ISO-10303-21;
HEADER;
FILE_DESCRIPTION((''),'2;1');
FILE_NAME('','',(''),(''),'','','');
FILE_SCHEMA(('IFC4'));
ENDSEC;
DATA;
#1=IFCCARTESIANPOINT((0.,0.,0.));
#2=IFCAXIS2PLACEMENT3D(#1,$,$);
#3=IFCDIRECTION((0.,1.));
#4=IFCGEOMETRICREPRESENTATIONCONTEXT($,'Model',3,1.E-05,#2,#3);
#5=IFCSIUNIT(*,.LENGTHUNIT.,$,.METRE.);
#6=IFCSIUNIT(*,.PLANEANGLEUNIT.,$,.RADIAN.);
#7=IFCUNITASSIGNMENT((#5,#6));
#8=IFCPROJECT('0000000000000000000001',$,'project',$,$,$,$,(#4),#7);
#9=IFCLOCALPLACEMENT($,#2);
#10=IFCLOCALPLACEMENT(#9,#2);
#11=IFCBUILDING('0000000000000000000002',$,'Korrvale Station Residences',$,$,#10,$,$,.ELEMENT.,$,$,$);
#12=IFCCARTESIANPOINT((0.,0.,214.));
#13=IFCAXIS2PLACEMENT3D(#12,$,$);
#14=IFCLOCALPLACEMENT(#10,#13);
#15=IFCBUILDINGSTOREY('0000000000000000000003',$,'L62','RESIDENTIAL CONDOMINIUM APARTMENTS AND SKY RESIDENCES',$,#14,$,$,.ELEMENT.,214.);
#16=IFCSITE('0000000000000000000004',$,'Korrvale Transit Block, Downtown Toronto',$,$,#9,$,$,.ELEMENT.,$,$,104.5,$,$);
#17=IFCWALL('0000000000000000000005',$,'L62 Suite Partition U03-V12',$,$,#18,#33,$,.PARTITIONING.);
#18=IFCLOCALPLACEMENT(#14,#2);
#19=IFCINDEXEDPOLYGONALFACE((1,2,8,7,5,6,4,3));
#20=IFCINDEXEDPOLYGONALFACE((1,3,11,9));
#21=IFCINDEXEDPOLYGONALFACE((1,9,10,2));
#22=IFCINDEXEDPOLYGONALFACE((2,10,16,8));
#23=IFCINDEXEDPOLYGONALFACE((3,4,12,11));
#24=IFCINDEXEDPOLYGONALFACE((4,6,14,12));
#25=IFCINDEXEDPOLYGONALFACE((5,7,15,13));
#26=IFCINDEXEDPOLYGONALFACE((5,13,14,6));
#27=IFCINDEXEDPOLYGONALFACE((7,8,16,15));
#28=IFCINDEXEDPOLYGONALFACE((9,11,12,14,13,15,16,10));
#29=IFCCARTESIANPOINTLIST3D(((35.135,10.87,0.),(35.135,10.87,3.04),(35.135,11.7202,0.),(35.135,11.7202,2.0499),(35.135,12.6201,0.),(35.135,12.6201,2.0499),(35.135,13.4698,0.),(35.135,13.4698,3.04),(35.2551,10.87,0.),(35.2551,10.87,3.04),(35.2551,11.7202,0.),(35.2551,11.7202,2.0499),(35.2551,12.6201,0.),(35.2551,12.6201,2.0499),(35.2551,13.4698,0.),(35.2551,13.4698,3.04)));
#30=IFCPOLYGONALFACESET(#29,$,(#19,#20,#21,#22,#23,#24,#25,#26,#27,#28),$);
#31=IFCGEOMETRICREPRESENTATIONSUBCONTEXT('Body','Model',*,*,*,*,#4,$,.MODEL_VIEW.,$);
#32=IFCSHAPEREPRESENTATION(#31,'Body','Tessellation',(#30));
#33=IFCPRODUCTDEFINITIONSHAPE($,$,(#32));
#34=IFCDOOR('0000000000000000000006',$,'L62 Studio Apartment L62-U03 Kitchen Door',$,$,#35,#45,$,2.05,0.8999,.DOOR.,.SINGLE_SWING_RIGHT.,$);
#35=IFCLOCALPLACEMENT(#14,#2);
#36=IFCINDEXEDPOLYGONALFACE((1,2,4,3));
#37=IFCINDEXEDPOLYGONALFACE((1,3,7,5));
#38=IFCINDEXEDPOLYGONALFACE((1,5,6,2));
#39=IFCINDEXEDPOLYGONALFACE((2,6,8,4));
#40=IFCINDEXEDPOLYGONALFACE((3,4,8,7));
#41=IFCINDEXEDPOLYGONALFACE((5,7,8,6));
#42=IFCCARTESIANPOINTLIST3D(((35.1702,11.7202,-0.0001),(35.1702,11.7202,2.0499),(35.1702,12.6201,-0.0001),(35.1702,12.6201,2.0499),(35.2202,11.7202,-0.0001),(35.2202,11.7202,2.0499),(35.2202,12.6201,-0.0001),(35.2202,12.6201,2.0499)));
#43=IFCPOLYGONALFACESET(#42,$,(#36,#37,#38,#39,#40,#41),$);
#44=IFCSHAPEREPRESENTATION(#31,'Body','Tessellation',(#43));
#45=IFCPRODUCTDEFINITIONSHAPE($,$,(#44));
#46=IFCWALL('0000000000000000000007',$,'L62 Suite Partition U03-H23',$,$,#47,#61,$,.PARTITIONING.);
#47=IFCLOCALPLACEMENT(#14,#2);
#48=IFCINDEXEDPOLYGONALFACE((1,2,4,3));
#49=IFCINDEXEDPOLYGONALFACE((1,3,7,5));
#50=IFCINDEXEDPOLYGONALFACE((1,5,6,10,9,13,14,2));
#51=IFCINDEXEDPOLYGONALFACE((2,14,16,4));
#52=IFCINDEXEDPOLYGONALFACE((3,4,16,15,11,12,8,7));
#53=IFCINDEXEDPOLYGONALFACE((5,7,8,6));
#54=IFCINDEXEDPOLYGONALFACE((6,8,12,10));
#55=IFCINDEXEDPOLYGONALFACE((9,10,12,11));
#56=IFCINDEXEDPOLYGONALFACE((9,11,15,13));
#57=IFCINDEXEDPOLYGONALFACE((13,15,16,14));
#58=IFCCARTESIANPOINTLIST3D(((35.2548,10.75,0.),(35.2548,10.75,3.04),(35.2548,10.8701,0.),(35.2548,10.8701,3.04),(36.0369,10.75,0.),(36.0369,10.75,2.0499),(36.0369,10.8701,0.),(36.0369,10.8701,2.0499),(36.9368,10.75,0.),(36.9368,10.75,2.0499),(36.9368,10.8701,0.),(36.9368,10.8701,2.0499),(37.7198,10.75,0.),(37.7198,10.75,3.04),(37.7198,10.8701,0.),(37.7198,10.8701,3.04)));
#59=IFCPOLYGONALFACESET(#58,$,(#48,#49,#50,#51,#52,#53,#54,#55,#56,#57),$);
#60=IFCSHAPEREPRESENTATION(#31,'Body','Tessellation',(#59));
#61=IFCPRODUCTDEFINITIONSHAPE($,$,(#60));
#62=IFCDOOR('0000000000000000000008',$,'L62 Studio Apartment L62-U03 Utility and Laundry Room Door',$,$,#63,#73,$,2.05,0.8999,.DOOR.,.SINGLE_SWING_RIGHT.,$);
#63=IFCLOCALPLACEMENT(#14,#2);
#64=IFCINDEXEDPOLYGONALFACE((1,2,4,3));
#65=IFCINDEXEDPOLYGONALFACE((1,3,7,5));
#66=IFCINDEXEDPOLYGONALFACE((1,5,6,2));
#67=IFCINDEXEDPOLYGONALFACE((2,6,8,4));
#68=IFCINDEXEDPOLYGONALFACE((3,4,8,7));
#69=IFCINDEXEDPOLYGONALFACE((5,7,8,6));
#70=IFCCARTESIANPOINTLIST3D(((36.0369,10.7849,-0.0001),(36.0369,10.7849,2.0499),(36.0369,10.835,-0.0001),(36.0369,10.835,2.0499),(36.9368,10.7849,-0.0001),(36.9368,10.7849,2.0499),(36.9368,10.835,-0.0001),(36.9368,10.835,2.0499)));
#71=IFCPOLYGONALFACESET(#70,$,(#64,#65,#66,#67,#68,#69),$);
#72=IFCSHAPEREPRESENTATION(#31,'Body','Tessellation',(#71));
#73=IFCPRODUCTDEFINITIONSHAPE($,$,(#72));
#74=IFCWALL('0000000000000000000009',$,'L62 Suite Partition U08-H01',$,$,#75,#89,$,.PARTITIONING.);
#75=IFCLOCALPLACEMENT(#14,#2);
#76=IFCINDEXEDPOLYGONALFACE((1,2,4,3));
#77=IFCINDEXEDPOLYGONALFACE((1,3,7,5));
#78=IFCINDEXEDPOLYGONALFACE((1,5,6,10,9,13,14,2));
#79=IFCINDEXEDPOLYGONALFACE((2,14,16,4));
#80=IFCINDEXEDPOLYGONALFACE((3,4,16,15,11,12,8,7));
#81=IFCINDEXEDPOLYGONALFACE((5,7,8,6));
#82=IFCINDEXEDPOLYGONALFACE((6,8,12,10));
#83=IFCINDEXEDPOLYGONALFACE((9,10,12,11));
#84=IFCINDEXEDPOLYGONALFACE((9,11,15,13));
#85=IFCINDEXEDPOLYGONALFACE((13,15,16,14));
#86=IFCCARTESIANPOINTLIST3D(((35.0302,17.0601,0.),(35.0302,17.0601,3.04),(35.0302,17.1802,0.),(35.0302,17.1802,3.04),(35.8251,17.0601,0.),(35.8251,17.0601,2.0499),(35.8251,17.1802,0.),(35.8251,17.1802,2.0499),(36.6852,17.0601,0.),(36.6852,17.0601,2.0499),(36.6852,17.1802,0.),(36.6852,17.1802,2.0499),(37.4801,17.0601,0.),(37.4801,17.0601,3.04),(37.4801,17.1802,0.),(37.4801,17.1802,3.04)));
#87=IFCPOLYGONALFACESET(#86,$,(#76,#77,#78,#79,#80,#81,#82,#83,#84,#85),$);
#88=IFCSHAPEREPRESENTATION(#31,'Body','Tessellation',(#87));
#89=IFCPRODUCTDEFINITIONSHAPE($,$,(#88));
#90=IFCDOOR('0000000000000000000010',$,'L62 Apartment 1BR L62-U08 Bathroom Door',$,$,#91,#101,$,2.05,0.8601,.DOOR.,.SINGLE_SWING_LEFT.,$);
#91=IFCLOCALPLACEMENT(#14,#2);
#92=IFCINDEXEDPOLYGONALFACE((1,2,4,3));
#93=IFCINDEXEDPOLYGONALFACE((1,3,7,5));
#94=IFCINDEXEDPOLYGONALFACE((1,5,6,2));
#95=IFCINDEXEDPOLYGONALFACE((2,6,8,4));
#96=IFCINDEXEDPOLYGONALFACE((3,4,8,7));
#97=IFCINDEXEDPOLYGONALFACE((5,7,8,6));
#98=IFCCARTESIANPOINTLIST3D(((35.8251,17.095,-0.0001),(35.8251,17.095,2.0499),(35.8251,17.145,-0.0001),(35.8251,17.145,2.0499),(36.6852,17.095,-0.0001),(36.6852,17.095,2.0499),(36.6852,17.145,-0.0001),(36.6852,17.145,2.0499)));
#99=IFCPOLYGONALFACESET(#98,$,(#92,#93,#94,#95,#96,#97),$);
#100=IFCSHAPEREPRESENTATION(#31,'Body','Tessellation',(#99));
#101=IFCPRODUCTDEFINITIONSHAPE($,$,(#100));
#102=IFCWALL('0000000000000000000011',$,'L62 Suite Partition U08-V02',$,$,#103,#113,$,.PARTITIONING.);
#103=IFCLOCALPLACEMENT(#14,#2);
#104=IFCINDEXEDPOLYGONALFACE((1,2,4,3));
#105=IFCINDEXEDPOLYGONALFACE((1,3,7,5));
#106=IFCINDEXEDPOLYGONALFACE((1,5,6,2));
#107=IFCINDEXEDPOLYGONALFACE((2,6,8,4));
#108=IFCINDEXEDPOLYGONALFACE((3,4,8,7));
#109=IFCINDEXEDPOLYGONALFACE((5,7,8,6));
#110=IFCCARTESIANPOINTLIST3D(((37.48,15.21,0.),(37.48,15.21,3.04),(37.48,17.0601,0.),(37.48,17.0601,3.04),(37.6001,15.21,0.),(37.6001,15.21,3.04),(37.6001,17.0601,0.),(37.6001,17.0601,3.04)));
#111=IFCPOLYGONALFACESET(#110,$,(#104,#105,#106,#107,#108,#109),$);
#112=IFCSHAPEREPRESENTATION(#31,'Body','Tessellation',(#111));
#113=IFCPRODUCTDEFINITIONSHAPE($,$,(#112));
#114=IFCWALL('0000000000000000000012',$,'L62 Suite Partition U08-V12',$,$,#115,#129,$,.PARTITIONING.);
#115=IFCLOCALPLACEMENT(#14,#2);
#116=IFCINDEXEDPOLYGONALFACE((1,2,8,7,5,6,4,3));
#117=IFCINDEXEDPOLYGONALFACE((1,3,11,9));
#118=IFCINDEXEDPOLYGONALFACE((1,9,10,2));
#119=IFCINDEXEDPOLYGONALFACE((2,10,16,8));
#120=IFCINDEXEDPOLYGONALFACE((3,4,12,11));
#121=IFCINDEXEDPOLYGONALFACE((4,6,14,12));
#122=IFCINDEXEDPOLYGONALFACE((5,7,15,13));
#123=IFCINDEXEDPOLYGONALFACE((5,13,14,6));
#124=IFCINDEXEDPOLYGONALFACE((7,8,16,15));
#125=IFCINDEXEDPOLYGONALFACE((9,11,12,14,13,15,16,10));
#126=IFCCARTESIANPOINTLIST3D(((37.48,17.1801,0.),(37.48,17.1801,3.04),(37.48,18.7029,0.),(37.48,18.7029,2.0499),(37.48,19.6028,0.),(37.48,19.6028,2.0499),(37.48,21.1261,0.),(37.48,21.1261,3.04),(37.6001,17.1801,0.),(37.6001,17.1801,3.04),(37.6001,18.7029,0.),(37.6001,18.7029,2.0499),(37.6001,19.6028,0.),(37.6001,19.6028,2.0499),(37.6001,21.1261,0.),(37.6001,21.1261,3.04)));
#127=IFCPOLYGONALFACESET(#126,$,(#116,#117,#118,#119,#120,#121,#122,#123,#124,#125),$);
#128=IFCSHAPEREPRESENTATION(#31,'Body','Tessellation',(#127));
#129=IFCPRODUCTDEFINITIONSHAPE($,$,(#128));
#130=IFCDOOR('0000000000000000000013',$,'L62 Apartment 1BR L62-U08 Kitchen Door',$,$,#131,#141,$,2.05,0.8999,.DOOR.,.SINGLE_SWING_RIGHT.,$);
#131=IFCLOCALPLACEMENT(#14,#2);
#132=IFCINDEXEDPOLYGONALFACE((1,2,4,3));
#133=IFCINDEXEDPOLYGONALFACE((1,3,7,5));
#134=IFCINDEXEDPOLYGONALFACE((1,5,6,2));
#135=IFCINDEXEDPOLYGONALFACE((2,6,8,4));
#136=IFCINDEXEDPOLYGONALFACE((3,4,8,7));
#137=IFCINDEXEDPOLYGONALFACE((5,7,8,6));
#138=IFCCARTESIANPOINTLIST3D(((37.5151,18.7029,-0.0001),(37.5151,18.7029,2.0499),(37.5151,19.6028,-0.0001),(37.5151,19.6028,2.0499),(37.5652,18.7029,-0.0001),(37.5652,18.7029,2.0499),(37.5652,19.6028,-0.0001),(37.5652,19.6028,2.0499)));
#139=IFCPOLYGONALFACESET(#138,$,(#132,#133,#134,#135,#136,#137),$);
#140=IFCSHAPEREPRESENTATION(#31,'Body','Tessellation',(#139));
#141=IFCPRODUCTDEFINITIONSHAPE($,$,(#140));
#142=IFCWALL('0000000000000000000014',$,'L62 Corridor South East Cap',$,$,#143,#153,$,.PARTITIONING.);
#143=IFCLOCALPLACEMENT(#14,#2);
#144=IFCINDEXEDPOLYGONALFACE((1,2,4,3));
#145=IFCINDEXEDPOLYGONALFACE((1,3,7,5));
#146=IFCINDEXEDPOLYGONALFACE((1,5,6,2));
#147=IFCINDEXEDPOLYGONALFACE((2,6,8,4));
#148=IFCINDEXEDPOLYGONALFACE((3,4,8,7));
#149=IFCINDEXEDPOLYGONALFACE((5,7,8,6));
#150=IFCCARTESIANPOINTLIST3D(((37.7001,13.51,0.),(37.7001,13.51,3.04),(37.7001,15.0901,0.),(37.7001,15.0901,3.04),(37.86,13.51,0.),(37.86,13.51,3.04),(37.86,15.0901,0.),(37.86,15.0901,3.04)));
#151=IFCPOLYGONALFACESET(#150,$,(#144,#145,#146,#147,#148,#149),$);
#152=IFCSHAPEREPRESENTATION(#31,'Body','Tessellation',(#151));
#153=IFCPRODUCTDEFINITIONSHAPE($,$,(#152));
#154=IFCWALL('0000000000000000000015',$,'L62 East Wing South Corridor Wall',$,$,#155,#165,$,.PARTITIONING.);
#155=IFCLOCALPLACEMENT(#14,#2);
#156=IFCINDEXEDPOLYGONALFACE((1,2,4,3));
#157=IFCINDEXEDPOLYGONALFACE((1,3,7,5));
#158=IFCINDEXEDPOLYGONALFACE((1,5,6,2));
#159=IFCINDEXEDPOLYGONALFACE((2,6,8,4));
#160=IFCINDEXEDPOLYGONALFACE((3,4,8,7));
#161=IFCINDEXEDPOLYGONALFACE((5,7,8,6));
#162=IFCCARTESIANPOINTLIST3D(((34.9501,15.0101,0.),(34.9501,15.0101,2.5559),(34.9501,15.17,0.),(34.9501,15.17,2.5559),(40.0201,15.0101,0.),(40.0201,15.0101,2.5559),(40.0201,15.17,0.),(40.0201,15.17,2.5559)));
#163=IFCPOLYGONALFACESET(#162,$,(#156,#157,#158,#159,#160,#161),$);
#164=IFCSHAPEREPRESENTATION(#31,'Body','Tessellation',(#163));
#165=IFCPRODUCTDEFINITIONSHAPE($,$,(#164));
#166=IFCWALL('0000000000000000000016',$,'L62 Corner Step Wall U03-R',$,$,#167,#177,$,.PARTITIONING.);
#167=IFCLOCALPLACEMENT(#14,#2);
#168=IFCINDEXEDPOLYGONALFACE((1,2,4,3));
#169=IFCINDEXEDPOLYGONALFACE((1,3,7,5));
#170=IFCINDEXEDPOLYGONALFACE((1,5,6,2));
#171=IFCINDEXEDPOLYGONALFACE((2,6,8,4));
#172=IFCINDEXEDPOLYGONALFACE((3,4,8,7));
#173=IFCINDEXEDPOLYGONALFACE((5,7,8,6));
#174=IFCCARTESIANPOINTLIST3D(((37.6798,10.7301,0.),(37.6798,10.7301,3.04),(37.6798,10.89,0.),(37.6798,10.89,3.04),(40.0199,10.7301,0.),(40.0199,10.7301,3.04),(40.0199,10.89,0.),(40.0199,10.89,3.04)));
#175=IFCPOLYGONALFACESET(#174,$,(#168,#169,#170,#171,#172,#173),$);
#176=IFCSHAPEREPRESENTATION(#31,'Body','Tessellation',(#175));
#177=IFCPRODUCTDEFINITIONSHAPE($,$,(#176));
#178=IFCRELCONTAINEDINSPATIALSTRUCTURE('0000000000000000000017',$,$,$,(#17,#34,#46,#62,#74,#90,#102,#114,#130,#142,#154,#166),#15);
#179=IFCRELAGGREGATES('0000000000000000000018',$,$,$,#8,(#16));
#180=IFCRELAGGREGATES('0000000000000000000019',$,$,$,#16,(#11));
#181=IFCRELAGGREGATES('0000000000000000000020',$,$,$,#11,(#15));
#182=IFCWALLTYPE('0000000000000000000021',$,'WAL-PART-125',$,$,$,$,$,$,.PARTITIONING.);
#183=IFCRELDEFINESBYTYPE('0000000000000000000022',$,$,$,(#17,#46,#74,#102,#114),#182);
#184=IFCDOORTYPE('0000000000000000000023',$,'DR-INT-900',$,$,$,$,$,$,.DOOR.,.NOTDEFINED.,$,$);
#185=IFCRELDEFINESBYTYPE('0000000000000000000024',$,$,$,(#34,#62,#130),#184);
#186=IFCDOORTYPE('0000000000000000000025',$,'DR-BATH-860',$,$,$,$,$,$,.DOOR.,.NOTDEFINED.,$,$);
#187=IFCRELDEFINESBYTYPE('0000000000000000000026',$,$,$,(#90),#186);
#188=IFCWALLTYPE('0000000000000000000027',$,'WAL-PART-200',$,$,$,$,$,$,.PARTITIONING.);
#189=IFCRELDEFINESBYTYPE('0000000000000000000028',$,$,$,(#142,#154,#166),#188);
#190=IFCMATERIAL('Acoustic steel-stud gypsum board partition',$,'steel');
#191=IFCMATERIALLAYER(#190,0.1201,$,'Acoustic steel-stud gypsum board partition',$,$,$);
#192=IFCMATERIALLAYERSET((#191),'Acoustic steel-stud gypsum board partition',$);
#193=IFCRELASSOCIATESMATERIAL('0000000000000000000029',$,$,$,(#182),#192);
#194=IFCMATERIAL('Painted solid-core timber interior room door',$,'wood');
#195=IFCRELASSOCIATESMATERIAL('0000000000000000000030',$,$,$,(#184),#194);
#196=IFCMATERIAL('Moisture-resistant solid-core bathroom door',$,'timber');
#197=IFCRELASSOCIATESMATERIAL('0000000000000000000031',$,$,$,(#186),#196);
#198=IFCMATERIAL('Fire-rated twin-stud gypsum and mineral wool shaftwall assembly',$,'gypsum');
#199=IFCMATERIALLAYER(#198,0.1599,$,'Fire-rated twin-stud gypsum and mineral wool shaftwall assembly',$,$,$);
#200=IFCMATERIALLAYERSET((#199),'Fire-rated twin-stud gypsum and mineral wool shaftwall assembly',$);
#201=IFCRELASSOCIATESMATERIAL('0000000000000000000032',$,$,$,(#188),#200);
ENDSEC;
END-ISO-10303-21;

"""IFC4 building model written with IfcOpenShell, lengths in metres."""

from ifc_helpers import new_model, si_unit, direction, frame, frame_2d, origin, place, context, subcontext, project, spatial, rectangle, extrude, material, layer, layer_set, type_object, element, fill, save


model = new_model("IFC4")

# Units and contexts
model_context = context("Model", 3, precision=1e-05, world=origin(), true_north=direction((0.0, 1.0)))
body_context = subcontext(model_context, "Body", "Model", "MODEL_VIEW")
ifc_project = project(units=[si_unit("LENGTHUNIT", "METRE"), si_unit("PLANEANGLEUNIT", "RADIAN")], contexts=[model_context])

# Site, building, storey
site_placement = place(None, origin())
site = spatial("IfcSite", under=ifc_project, at=site_placement, Name="Korrvale Transit Block, Downtown Toronto", CompositionType="ELEMENT", RefElevation=104.5)
building_placement = place(site_placement, origin())
building = spatial("IfcBuilding", under=site, at=building_placement, Name="Korrvale Station Residences", CompositionType="ELEMENT")
storey_placement = place(building_placement, frame((0.0, 0.0, 214.0)))
storey = spatial("IfcBuildingStorey", under=building, at=storey_placement, Name="L62", Description="RESIDENTIAL CONDOMINIUM APARTMENTS AND SKY RESIDENCES", CompositionType="ELEMENT", Elevation=214.0)

# Walls, openings, doors
ifc_material_1 = material(Name="Acoustic steel-stud gypsum board partition", Category="steel")
ifc_layer_1 = layer(ifc_material_1, 0.1201, Name="Acoustic steel-stud gypsum board partition")
ifc_layer_set_1 = layer_set([ifc_layer_1], Name="Acoustic steel-stud gypsum board partition")
wall_type_1 = type_object("IfcWallType", Name="WAL-PART-125", PredefinedType="PARTITIONING", material=ifc_layer_set_1)
wall_1_placement = place(storey_placement, frame((35.1951, 10.8701, 0.0), z_axis=(0.0, 0.0, 1.0), x_axis=(0.0, 1.0, 0.0)))
wall_1 = element("IfcWall", 1, at=wall_1_placement, inside=storey, type_object=wall_type_1, Name="L62 Suite Partition U03-V12", PredefinedType="PARTITIONING", context=body_context, shape_type="SweptSolid", body=[
    extrude(rectangle(XDim=2.5999, YDim=0.1201, at=frame_2d((1.2998, 0.0))), origin(), (0.0, 0.0, 1.0), 3.04),
])
opening_1_placement = place(wall_1_placement, frame((0.8501, 0.0, 0.0)))
opening_1 = element("IfcOpeningElement", 2, at=opening_1_placement, cuts=wall_1, PredefinedType="OPENING", context=body_context, shape_type="SweptSolid", body=[
    extrude(rectangle(XDim=0.8999, YDim=2.05, at=frame_2d((0.45, 1.0249))), frame((0.0, 0.0701, 0.0), z_axis=(0.0, -1.0, 0.0), x_axis=(1.0, 0.0, 0.0)), (0.0, 0.0, 1.0), 0.1401),
])
ifc_material_2 = material(Name="Painted solid-core timber interior room door", Category="wood")
door_type_1 = type_object("IfcDoorType", Name="DR-INT-900", OperationType="NOTDEFINED", PredefinedType="DOOR", material=ifc_material_2)
door_1_placement = place(opening_1_placement, origin())
door_1 = element("IfcDoor", 3, at=door_1_placement, inside=storey, type_object=door_type_1, Name="L62 Studio Apartment L62-U03 Kitchen Door", OperationType="SINGLE_SWING_RIGHT", OverallHeight=2.05, OverallWidth=0.8999, PredefinedType="DOOR", context=body_context, shape_type="SweptSolid", body=[
    extrude(rectangle(XDim=0.8999, YDim=2.05, at=frame_2d((0.45, 1.0249))), frame((0.0, 0.0249, 0.0), z_axis=(0.0, -1.0, 0.0), x_axis=(1.0, 0.0, 0.0)), (0.0, 0.0, 1.0), 0.05),
])
fill(opening_1, door_1)
wall_2_placement = place(storey_placement, frame((35.2549, 10.8101, 0.0), z_axis=(0.0, 0.0, 1.0), x_axis=(1.0, 0.0, 0.0)))
wall_2 = element("IfcWall", 4, at=wall_2_placement, inside=storey, type_object=wall_type_1, Name="L62 Suite Partition U03-H23", PredefinedType="PARTITIONING", context=body_context, shape_type="SweptSolid", body=[
    extrude(rectangle(XDim=2.4651, YDim=0.1201, at=frame_2d((1.2324, 0.0))), origin(), (0.0, 0.0, 1.0), 3.04),
])
opening_2_placement = place(wall_2_placement, frame((0.782, 0.0, 0.0)))
opening_2 = element("IfcOpeningElement", 5, at=opening_2_placement, cuts=wall_2, PredefinedType="OPENING", context=body_context, shape_type="SweptSolid", body=[
    extrude(rectangle(XDim=0.8999, YDim=2.05, at=frame_2d((0.45, 1.0249))), frame((0.0, 0.0701, 0.0), z_axis=(0.0, -1.0, 0.0), x_axis=(1.0, 0.0, 0.0)), (0.0, 0.0, 1.0), 0.1401),
])
door_2_placement = place(opening_2_placement, origin())
door_2 = element("IfcDoor", 6, at=door_2_placement, inside=storey, type_object=door_type_1, Name="L62 Studio Apartment L62-U03 Utility and Laundry Room Door", OperationType="SINGLE_SWING_RIGHT", OverallHeight=2.05, OverallWidth=0.8999, PredefinedType="DOOR", context=body_context, shape_type="SweptSolid", body=[
    extrude(rectangle(XDim=0.8999, YDim=2.05, at=frame_2d((0.45, 1.0249))), frame((0.0, 0.0249, 0.0), z_axis=(0.0, -1.0, 0.0), x_axis=(1.0, 0.0, 0.0)), (0.0, 0.0, 1.0), 0.05),
])
fill(opening_2, door_2)
wall_3_placement = place(storey_placement, frame((35.03, 17.1201, 0.0), z_axis=(0.0, 0.0, 1.0), x_axis=(1.0, 0.0, 0.0)))
wall_3 = element("IfcWall", 7, at=wall_3_placement, inside=storey, type_object=wall_type_1, Name="L62 Suite Partition U08-H01", PredefinedType="PARTITIONING", context=body_context, shape_type="SweptSolid", body=[
    extrude(rectangle(XDim=2.45, YDim=0.1201, at=frame_2d((1.2251, 0.0))), origin(), (0.0, 0.0, 1.0), 3.04),
])
opening_3_placement = place(wall_3_placement, frame((0.7949, 0.0, 0.0)))
opening_3 = element("IfcOpeningElement", 8, at=opening_3_placement, cuts=wall_3, PredefinedType="OPENING", context=body_context, shape_type="SweptSolid", body=[
    extrude(rectangle(XDim=0.8601, YDim=2.05, at=frame_2d((0.4302, 1.0249))), frame((0.0, 0.0701, 0.0), z_axis=(0.0, -1.0, 0.0), x_axis=(1.0, 0.0, 0.0)), (0.0, 0.0, 1.0), 0.1401),
])
ifc_material_3 = material(Name="Moisture-resistant solid-core bathroom door", Category="timber")
door_type_2 = type_object("IfcDoorType", Name="DR-BATH-860", OperationType="NOTDEFINED", PredefinedType="DOOR", material=ifc_material_3)
door_3_placement = place(opening_3_placement, origin())
door_3 = element("IfcDoor", 9, at=door_3_placement, inside=storey, type_object=door_type_2, Name="L62 Apartment 1BR L62-U08 Bathroom Door", OperationType="SINGLE_SWING_LEFT", OverallHeight=2.05, OverallWidth=0.8601, PredefinedType="DOOR", context=body_context, shape_type="SweptSolid", body=[
    extrude(rectangle(XDim=0.8601, YDim=2.05, at=frame_2d((0.4302, 1.0249))), frame((0.0, 0.0249, 0.0), z_axis=(0.0, -1.0, 0.0), x_axis=(1.0, 0.0, 0.0)), (0.0, 0.0, 1.0), 0.05),
])
fill(opening_3, door_3)

# Wall
wall_4_placement = place(storey_placement, frame((37.54, 15.21, 0.0), z_axis=(0.0, 0.0, 1.0), x_axis=(0.0, 1.0, 0.0)))
element("IfcWall", 10, at=wall_4_placement, inside=storey, type_object=wall_type_1, Name="L62 Suite Partition U08-V02", PredefinedType="PARTITIONING", context=body_context, shape_type="SweptSolid", body=[
    extrude(rectangle(XDim=1.8501, YDim=0.1201, at=frame_2d((0.925, 0.0))), origin(), (0.0, 0.0, 1.0), 3.04),
])

# Wall, opening, door
wall_5_placement = place(storey_placement, frame((37.54, 17.1799, 0.0), z_axis=(0.0, 0.0, 1.0), x_axis=(0.0, 1.0, 0.0)))
wall_5 = element("IfcWall", 11, at=wall_5_placement, inside=storey, type_object=wall_type_1, Name="L62 Suite Partition U08-V12", PredefinedType="PARTITIONING", context=body_context, shape_type="SweptSolid", body=[
    extrude(rectangle(XDim=3.946, YDim=0.1201, at=frame_2d((1.9731, 0.0))), origin(), (0.0, 0.0, 1.0), 3.04),
])
opening_4_placement = place(wall_5_placement, frame((1.5229, 0.0, 0.0)))
opening_4 = element("IfcOpeningElement", 12, at=opening_4_placement, cuts=wall_5, PredefinedType="OPENING", context=body_context, shape_type="SweptSolid", body=[
    extrude(rectangle(XDim=0.8999, YDim=2.05, at=frame_2d((0.45, 1.0249))), frame((0.0, 0.0701, 0.0), z_axis=(0.0, -1.0, 0.0), x_axis=(1.0, 0.0, 0.0)), (0.0, 0.0, 1.0), 0.1401),
])
door_4_placement = place(opening_4_placement, origin())
door_4 = element("IfcDoor", 13, at=door_4_placement, inside=storey, type_object=door_type_1, Name="L62 Apartment 1BR L62-U08 Kitchen Door", OperationType="SINGLE_SWING_RIGHT", OverallHeight=2.05, OverallWidth=0.8999, PredefinedType="DOOR", context=body_context, shape_type="SweptSolid", body=[
    extrude(rectangle(XDim=0.8999, YDim=2.05, at=frame_2d((0.45, 1.0249))), frame((0.0, 0.0249, 0.0), z_axis=(0.0, -1.0, 0.0), x_axis=(1.0, 0.0, 0.0)), (0.0, 0.0, 1.0), 0.05),
])
fill(opening_4, door_4)

# Walls
ifc_material_4 = material(Name="Fire-rated twin-stud gypsum and mineral wool shaftwall assembly", Category="gypsum")
ifc_layer_2 = layer(ifc_material_4, 0.1599, Name="Fire-rated twin-stud gypsum and mineral wool shaftwall assembly")
ifc_layer_set_2 = layer_set([ifc_layer_2], Name="Fire-rated twin-stud gypsum and mineral wool shaftwall assembly")
wall_type_2 = type_object("IfcWallType", Name="WAL-PART-200", PredefinedType="PARTITIONING", material=ifc_layer_set_2)
wall_6_placement = place(storey_placement, frame((37.78, 13.51, 0.0), z_axis=(0.0, 0.0, 1.0), x_axis=(0.0, 1.0, 0.0)))
element("IfcWall", 14, at=wall_6_placement, inside=storey, type_object=wall_type_2, Name="L62 Corridor South East Cap", PredefinedType="PARTITIONING", context=body_context, shape_type="SweptSolid", body=[
    extrude(rectangle(XDim=1.5801, YDim=0.1599, at=frame_2d((0.79, 0.0))), origin(), (0.0, 0.0, 1.0), 3.04),
])
wall_7_placement = place(storey_placement, frame((34.95, 15.0901, 0.0), z_axis=(0.0, 0.0, 1.0), x_axis=(1.0, 0.0, 0.0)))
element("IfcWall", 15, at=wall_7_placement, inside=storey, type_object=wall_type_2, Name="L62 East Wing South Corridor Wall", PredefinedType="PARTITIONING", context=body_context, shape_type="SweptSolid", body=[
    extrude(rectangle(XDim=5.0701, YDim=0.1599, at=frame_2d((2.5352, 0.0))), origin(), (0.0, 0.0, 1.0), 2.5559),
])
wall_8_placement = place(storey_placement, frame((37.6799, 10.8101, 0.0), z_axis=(0.0, 0.0, 1.0), x_axis=(1.0, 0.0, 0.0)))
element("IfcWall", 16, at=wall_8_placement, inside=storey, type_object=wall_type_2, Name="L62 Corner Step Wall U03-R", PredefinedType="PARTITIONING", context=body_context, shape_type="SweptSolid", body=[
    extrude(rectangle(XDim=2.3401, YDim=0.1599, at=frame_2d((1.1699, 0.0))), origin(), (0.0, 0.0, 1.0), 3.04),
])

save(model, "model.ifc")
